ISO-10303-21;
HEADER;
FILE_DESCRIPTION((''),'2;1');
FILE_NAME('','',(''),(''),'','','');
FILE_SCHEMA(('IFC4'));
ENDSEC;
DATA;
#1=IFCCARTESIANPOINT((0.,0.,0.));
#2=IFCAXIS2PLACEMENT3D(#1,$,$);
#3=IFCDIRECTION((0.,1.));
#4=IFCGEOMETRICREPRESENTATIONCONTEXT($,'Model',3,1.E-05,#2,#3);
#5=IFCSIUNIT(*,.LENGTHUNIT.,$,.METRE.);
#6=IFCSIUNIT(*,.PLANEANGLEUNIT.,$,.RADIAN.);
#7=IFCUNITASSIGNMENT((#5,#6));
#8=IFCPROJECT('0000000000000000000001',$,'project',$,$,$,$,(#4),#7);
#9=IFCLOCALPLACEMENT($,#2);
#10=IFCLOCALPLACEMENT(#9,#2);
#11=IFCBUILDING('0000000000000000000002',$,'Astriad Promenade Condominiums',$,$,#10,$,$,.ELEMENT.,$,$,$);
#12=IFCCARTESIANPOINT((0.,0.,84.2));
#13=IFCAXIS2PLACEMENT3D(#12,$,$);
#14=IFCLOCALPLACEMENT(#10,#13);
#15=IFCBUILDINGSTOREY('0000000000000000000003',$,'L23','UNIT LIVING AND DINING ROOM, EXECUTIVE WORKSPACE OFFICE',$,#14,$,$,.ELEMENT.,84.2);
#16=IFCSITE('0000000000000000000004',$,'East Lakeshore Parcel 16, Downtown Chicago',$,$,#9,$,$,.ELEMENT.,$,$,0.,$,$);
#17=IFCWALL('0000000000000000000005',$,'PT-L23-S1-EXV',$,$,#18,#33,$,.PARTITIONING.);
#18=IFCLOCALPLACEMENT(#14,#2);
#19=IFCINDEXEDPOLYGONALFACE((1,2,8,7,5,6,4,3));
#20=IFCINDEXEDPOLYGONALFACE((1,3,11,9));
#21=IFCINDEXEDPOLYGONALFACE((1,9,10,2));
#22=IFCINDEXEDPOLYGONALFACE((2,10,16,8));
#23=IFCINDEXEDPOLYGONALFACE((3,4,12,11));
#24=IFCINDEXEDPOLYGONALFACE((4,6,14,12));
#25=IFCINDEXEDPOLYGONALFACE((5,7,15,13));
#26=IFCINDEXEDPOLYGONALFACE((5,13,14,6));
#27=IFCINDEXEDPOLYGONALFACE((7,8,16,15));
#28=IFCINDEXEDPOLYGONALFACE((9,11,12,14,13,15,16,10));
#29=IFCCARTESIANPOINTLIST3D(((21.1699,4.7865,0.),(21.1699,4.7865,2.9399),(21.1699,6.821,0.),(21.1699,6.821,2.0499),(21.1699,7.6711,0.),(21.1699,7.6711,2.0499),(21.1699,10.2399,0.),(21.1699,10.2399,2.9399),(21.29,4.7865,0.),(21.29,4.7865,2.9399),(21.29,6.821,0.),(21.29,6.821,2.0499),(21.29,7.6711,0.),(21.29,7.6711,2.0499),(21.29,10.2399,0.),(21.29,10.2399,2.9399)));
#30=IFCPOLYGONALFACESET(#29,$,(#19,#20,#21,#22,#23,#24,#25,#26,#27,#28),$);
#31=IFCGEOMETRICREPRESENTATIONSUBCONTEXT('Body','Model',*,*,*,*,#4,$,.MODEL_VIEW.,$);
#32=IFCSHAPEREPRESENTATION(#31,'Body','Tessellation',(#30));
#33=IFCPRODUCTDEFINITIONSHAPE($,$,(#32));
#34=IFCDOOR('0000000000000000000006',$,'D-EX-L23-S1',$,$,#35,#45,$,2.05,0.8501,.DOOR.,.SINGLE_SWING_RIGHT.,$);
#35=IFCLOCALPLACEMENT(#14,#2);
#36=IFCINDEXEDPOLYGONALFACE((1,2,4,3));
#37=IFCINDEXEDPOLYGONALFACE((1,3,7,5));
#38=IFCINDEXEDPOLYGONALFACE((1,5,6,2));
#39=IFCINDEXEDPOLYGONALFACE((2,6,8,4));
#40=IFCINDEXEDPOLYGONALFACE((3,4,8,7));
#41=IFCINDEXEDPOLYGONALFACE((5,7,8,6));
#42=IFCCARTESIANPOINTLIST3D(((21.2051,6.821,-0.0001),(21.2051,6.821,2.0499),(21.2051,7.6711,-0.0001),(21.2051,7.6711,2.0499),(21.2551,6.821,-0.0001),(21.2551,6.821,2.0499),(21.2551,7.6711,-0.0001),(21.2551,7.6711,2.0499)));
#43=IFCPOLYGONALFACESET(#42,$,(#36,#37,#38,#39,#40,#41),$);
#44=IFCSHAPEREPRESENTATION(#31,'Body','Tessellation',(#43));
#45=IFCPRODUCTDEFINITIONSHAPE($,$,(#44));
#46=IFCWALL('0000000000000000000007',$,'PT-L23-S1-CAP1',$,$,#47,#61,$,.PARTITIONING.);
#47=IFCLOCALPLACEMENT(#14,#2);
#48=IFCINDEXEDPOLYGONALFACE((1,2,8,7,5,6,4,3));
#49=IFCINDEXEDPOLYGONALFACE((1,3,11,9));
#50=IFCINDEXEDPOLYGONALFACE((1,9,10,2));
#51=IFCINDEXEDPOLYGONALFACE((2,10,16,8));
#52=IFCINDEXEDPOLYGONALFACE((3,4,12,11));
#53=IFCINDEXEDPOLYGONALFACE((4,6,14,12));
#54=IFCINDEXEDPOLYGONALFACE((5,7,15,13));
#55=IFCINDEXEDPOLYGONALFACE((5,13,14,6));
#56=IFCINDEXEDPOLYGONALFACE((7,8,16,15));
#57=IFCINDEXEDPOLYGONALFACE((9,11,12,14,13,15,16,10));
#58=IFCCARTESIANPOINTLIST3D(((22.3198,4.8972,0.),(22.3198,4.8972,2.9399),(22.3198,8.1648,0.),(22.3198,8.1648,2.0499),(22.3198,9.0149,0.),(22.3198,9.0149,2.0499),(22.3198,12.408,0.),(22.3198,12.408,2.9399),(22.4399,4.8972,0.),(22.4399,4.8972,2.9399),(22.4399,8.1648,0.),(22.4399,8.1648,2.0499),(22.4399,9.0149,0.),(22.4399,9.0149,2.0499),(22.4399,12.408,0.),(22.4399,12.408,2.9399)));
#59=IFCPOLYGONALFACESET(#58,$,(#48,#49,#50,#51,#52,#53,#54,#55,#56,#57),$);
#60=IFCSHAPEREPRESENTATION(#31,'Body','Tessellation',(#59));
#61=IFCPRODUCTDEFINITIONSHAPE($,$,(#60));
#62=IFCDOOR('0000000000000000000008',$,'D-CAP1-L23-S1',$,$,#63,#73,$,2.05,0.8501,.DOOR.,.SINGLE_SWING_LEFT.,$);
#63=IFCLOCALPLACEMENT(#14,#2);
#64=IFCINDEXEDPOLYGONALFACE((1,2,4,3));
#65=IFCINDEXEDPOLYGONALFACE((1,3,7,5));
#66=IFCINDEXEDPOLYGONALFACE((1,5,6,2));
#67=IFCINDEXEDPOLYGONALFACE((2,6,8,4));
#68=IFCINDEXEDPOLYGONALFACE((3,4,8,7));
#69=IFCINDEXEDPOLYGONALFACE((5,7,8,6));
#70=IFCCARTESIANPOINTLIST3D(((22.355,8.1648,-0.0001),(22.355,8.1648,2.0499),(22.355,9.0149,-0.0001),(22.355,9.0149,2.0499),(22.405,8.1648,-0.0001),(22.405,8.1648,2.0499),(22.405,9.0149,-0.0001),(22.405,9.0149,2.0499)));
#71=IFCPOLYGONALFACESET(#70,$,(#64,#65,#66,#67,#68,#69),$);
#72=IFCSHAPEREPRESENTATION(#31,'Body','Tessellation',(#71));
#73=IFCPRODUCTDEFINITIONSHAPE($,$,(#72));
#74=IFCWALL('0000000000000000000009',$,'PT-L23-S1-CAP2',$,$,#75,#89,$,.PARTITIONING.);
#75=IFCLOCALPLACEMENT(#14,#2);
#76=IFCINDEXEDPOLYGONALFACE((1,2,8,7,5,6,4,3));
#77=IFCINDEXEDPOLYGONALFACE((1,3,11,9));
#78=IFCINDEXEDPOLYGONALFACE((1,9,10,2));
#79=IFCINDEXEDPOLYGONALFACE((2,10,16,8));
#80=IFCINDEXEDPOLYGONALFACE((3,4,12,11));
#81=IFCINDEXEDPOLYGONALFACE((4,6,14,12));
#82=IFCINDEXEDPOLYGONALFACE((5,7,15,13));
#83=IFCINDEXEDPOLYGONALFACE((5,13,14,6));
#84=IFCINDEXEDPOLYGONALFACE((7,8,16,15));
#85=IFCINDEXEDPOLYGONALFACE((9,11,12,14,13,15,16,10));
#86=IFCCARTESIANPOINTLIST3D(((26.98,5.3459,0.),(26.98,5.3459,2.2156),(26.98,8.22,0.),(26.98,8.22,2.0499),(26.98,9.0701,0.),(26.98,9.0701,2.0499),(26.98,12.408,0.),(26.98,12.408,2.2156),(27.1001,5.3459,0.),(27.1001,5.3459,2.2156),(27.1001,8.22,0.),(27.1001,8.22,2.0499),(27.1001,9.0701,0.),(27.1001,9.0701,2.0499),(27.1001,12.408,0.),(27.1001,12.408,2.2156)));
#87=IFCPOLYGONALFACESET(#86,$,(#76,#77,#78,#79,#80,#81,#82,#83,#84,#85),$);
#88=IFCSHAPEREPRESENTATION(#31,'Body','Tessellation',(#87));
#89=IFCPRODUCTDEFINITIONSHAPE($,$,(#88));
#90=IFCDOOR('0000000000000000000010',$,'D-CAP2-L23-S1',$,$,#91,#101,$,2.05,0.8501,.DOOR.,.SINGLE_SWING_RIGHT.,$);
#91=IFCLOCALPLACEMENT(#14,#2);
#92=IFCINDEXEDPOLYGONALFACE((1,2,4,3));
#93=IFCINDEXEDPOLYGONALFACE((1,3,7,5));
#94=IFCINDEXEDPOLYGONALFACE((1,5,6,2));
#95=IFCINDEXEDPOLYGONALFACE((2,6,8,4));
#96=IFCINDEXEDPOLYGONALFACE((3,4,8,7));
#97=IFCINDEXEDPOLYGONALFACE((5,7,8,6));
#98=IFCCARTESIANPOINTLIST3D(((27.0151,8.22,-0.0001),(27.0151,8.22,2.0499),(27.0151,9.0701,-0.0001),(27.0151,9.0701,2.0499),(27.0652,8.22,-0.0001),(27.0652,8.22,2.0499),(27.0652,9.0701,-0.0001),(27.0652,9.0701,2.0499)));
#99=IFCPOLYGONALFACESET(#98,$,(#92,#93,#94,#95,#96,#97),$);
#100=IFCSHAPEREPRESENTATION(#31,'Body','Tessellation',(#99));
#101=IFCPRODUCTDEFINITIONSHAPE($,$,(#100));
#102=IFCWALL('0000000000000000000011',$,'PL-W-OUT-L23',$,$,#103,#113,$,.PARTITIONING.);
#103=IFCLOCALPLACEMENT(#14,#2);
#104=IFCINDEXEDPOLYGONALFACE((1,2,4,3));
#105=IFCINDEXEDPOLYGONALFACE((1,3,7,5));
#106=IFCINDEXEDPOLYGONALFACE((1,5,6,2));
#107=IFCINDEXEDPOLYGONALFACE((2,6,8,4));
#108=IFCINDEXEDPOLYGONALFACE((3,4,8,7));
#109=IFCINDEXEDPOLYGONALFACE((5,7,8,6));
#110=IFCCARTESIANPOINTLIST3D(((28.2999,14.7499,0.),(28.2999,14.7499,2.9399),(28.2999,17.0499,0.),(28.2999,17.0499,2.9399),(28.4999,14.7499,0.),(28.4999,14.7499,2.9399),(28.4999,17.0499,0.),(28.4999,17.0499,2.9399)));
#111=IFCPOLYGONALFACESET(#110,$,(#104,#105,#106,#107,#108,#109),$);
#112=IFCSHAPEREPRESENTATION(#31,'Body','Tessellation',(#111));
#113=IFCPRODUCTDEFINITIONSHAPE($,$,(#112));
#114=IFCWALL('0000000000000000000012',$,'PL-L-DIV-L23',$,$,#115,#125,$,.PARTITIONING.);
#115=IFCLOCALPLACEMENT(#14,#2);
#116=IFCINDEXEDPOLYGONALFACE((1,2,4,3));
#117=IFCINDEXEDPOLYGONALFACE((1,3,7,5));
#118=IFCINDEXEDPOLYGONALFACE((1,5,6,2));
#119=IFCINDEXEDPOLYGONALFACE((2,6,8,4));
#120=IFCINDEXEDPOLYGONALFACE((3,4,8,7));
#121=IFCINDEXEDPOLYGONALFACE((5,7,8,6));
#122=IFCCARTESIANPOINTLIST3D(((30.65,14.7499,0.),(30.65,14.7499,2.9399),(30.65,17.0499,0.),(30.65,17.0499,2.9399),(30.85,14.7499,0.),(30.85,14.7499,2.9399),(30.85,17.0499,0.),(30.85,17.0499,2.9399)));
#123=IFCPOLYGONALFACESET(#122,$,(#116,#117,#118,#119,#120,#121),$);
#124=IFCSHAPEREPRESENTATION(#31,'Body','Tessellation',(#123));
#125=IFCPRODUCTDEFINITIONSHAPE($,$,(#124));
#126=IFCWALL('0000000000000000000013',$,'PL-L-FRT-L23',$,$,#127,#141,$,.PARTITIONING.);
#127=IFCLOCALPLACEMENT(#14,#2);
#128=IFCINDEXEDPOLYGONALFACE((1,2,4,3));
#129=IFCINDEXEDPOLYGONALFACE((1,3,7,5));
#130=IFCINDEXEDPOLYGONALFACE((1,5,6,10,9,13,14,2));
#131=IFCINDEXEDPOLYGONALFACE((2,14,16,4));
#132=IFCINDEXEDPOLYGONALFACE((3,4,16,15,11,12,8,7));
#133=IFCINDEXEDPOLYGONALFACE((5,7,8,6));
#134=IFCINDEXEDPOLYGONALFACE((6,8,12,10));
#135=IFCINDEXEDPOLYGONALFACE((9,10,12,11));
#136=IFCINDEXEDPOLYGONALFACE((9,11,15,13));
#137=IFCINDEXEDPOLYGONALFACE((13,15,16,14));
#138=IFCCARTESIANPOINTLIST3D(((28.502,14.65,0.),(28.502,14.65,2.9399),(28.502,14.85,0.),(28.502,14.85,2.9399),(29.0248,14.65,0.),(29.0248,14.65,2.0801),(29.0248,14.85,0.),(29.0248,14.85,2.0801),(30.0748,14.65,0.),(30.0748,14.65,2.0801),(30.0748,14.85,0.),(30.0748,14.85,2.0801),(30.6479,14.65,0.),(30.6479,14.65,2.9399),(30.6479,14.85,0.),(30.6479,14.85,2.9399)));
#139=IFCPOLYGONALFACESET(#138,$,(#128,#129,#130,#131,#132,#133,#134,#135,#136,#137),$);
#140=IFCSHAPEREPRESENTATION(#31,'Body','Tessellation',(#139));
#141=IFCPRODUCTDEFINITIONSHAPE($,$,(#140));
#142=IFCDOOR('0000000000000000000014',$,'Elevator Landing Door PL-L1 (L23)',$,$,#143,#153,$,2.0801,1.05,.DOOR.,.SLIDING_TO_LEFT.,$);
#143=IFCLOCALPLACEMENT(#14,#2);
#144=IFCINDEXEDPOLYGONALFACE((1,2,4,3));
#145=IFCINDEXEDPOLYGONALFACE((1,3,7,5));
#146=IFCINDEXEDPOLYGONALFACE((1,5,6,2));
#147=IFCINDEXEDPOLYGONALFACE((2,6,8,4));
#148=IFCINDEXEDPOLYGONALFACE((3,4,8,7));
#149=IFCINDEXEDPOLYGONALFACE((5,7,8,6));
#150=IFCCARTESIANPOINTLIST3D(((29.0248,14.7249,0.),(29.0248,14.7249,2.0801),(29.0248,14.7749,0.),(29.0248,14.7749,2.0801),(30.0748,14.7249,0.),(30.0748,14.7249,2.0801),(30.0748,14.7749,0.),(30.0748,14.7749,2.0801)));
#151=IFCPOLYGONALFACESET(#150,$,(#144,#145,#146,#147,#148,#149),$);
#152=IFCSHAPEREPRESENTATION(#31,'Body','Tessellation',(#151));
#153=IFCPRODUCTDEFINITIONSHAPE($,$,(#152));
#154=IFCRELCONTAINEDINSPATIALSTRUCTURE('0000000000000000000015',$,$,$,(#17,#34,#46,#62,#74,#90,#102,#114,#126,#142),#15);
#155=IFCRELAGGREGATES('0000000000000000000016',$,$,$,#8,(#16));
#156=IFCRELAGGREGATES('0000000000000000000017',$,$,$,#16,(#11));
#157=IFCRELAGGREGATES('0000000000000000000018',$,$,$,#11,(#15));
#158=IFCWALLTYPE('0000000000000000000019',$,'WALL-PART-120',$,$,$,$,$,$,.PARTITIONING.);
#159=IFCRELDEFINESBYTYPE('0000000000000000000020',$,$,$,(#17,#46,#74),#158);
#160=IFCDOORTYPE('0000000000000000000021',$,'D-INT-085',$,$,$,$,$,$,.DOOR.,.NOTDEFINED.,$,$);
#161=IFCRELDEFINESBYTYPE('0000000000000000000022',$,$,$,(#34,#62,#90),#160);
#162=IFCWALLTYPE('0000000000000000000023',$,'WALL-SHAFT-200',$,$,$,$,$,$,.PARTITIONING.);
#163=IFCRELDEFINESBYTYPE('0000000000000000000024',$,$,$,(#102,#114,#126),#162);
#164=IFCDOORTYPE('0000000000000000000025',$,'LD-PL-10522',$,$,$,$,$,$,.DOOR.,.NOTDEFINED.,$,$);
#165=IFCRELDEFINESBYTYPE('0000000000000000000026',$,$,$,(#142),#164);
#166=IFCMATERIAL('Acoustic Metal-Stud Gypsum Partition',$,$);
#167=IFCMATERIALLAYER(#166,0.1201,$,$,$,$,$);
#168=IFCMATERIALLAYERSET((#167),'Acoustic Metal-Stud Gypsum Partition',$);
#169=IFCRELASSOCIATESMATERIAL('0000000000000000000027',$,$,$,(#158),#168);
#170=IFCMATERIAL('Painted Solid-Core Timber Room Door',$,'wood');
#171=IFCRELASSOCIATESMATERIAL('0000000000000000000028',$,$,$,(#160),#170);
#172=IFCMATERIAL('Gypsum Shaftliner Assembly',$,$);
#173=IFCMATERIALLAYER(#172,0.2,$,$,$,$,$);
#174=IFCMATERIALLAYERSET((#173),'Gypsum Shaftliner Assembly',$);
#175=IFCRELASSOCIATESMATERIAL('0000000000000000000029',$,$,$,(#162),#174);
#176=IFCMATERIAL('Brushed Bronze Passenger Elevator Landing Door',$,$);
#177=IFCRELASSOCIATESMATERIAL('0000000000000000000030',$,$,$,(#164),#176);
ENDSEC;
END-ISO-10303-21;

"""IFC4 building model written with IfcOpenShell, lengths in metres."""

from ifc_helpers import new_model, si_unit, direction, frame, frame_2d, origin, place, context, subcontext, project, spatial, rectangle, extrude, source, transform, mapped, material, layer, layer_set, type_object, type_shapes, element, fill, save


model = new_model("IFC4")

# Units and contexts
model_context = context("Model", 3, precision=1e-05, world=origin(), true_north=direction((0.0, 1.0)))
body_context = subcontext(model_context, "Body", "Model", "MODEL_VIEW")
ifc_project = project(units=[si_unit("LENGTHUNIT", "METRE"), si_unit("PLANEANGLEUNIT", "RADIAN")], contexts=[model_context])

# Site, building, storey
site_placement = place(None, origin())
site = spatial("IfcSite", under=ifc_project, at=site_placement, Name="East Lakeshore Parcel 16, Downtown Chicago", CompositionType="ELEMENT", RefElevation=0.0)
building_placement = place(site_placement, origin())
building = spatial("IfcBuilding", under=site, at=building_placement, Name="Astriad Promenade Condominiums", CompositionType="ELEMENT")
storey_placement = place(building_placement, frame((0.0, 0.0, 84.2)))
storey = spatial("IfcBuildingStorey", under=building, at=storey_placement, Name="L23", Description="UNIT LIVING AND DINING ROOM, EXECUTIVE WORKSPACE OFFICE", CompositionType="ELEMENT", Elevation=84.2)

# Shared definitions
ifc_material_1 = material(Name="Acoustic Metal-Stud Gypsum Partition")
ifc_layer_1 = layer(ifc_material_1, 0.1201)
ifc_layer_set_1 = layer_set([ifc_layer_1], Name="Acoustic Metal-Stud Gypsum Partition")
wall_type_1 = type_object("IfcWallType", Name="WALL-PART-120", PredefinedType="PARTITIONING", material=ifc_layer_set_1)
ifc_material_2 = material(Name="Painted Solid-Core Timber Room Door", Category="wood")
door_type_1 = type_object("IfcDoorType", Name="D-INT-085", OperationType="NOTDEFINED", PredefinedType="DOOR", material=ifc_material_2)
shared_shape_1 = source(origin(), body_context, "Body", "SweptSolid", [
    extrude(rectangle(XDim=0.8501, YDim=2.05, at=frame_2d((0.425, 1.0249))), frame((0.0, 0.0249, 0.0), z_axis=(0.0, -1.0, 0.0), x_axis=(1.0, 0.0, 0.0)), (0.0, 0.0, 1.0), 0.05),
])
type_shapes(door_type_1, [shared_shape_1])

# Walls, openings, doors
wall_1_placement = place(storey_placement, frame((21.23, 4.7866, 0.0), z_axis=(0.0, 0.0, 1.0), x_axis=(0.0, 1.0, 0.0)))
wall_1 = element("IfcWall", 1, at=wall_1_placement, inside=storey, type_object=wall_type_1, Name="PT-L23-S1-EXV", PredefinedType="PARTITIONING", context=body_context, shape_type="SweptSolid", body=[
    extrude(rectangle(XDim=5.4534, YDim=0.1201, at=frame_2d((2.7266, 0.0))), origin(), (0.0, 0.0, 1.0), 2.9399),
])
opening_1_placement = place(wall_1_placement, frame((2.0344, 0.0, 0.0)))
opening_1 = element("IfcOpeningElement", 2, at=opening_1_placement, cuts=wall_1, PredefinedType="OPENING", context=body_context, shape_type="SweptSolid", body=[
    extrude(rectangle(XDim=0.8501, YDim=2.05, at=frame_2d((0.425, 1.0249))), frame((0.0, 0.0701, 0.0), z_axis=(0.0, -1.0, 0.0), x_axis=(1.0, 0.0, 0.0)), (0.0, 0.0, 1.0), 0.1401),
])
door_1_placement = place(opening_1_placement, origin())
door_1 = element("IfcDoor", 3, at=door_1_placement, inside=storey, type_object=door_type_1, Name="D-EX-L23-S1", OperationType="SINGLE_SWING_RIGHT", OverallHeight=2.05, OverallWidth=0.8501, PredefinedType="DOOR", context=body_context, shape_type="MappedRepresentation", body=[
    mapped(shared_shape_1, transform((0.0, 0.0, 0.0), scale=1.0)),
])
fill(opening_1, door_1)
wall_2_placement = place(storey_placement, frame((22.3799, 4.8972, 0.0), z_axis=(0.0, 0.0, 1.0), x_axis=(0.0, 1.0, 0.0)))
wall_2 = element("IfcWall", 4, at=wall_2_placement, inside=storey, type_object=wall_type_1, Name="PT-L23-S1-CAP1", PredefinedType="PARTITIONING", context=body_context, shape_type="SweptSolid", body=[
    extrude(rectangle(XDim=7.5107, YDim=0.1201, at=frame_2d((3.7554, 0.0))), origin(), (0.0, 0.0, 1.0), 2.9399),
])
opening_2_placement = place(wall_2_placement, frame((3.2676, 0.0, 0.0)))
opening_2 = element("IfcOpeningElement", 5, at=opening_2_placement, cuts=wall_2, PredefinedType="OPENING", context=body_context, shape_type="SweptSolid", body=[
    extrude(rectangle(XDim=0.8501, YDim=2.05, at=frame_2d((0.425, 1.0249))), frame((0.0, 0.0701, 0.0), z_axis=(0.0, -1.0, 0.0), x_axis=(1.0, 0.0, 0.0)), (0.0, 0.0, 1.0), 0.1401),
])
door_2_placement = place(opening_2_placement, origin())
door_2 = element("IfcDoor", 6, at=door_2_placement, inside=storey, type_object=door_type_1, Name="D-CAP1-L23-S1", OperationType="SINGLE_SWING_LEFT", OverallHeight=2.05, OverallWidth=0.8501, PredefinedType="DOOR", context=body_context, shape_type="MappedRepresentation", body=[
    mapped(shared_shape_1, transform((0.0, 0.0, 0.0), scale=1.0)),
])
fill(opening_2, door_2)
wall_3_placement = place(storey_placement, frame((27.04, 5.3459, 0.0), z_axis=(0.0, 0.0, 1.0), x_axis=(0.0, 1.0, 0.0)))
wall_3 = element("IfcWall", 7, at=wall_3_placement, inside=storey, type_object=wall_type_1, Name="PT-L23-S1-CAP2", PredefinedType="PARTITIONING", context=body_context, shape_type="SweptSolid", body=[
    extrude(rectangle(XDim=7.062, YDim=0.1201, at=frame_2d((3.531, 0.0))), origin(), (0.0, 0.0, 1.0), 2.2156),
])
opening_3_placement = place(wall_3_placement, frame((2.874, 0.0, 0.0)))
opening_3 = element("IfcOpeningElement", 8, at=opening_3_placement, cuts=wall_3, PredefinedType="OPENING", context=body_context, shape_type="SweptSolid", body=[
    extrude(rectangle(XDim=0.8501, YDim=2.05, at=frame_2d((0.425, 1.0249))), frame((0.0, 0.0701, 0.0), z_axis=(0.0, -1.0, 0.0), x_axis=(1.0, 0.0, 0.0)), (0.0, 0.0, 1.0), 0.1401),
])
door_3_placement = place(opening_3_placement, origin())
door_3 = element("IfcDoor", 9, at=door_3_placement, inside=storey, type_object=door_type_1, Name="D-CAP2-L23-S1", OperationType="SINGLE_SWING_RIGHT", OverallHeight=2.05, OverallWidth=0.8501, PredefinedType="DOOR", context=body_context, shape_type="MappedRepresentation", body=[
    mapped(shared_shape_1, transform((0.0, 0.0, 0.0), scale=1.0)),
])
fill(opening_3, door_3)

# Walls
ifc_material_3 = material(Name="Gypsum Shaftliner Assembly")
ifc_layer_2 = layer(ifc_material_3, 0.2)
ifc_layer_set_2 = layer_set([ifc_layer_2], Name="Gypsum Shaftliner Assembly")
wall_type_2 = type_object("IfcWallType", Name="WALL-SHAFT-200", PredefinedType="PARTITIONING", material=ifc_layer_set_2)
for number, where, z_axis, x_axis, name in (
    (10, (28.3999, 14.75, 0.0), (0.0, 0.0, 1.0), (0.0, 1.0, 0.0), "PL-W-OUT-L23"),
    (11, (30.75, 14.75, 0.0), (0.0, 0.0, 1.0), (0.0, 1.0, 0.0), "PL-L-DIV-L23"),
):
    element("IfcWall", number, at=place(storey_placement, frame(where, z_axis=z_axis, x_axis=x_axis)), inside=storey, type_object=wall_type_2, Name=name, PredefinedType="PARTITIONING", context=body_context, shape_type="SweptSolid", body=[
        extrude(rectangle(XDim=2.3, YDim=0.2, at=frame_2d((1.1499, 0.0))), origin(), (0.0, 0.0, 1.0), 2.9399),
    ])

# Wall, opening, door
wall_4_placement = place(storey_placement, frame((28.502, 14.75, 0.0), z_axis=(0.0, 0.0, 1.0), x_axis=(1.0, 0.0, 0.0)))
wall_4 = element("IfcWall", 12, at=wall_4_placement, inside=storey, type_object=wall_type_2, Name="PL-L-FRT-L23", PredefinedType="PARTITIONING", context=body_context, shape_type="SweptSolid", body=[
    extrude(rectangle(XDim=2.146, YDim=0.2, at=frame_2d((1.073, 0.0))), origin(), (0.0, 0.0, 1.0), 2.9399),
])
opening_4_placement = place(wall_4_placement, frame((0.5229, 0.0, 0.0)))
opening_4 = element("IfcOpeningElement", 13, at=opening_4_placement, cuts=wall_4, PredefinedType="OPENING", context=body_context, shape_type="SweptSolid", body=[
    extrude(rectangle(XDim=1.05, YDim=2.0801, at=frame_2d((0.5249, 1.04))), frame((0.0, 0.1099, 0.0), z_axis=(0.0, -1.0, 0.0), x_axis=(1.0, 0.0, 0.0)), (0.0, 0.0, 1.0), 0.22),
])
ifc_material_4 = material(Name="Brushed Bronze Passenger Elevator Landing Door")
door_type_2 = type_object("IfcDoorType", Name="LD-PL-10522", OperationType="NOTDEFINED", PredefinedType="DOOR", material=ifc_material_4)
shared_shape_2 = source(origin(), body_context, "Body", "SweptSolid", [
    extrude(rectangle(XDim=1.05, YDim=2.0801, at=frame_2d((0.5249, 1.04))), frame((0.0, 0.0249, 0.0), z_axis=(0.0, -1.0, 0.0), x_axis=(1.0, 0.0, 0.0)), (0.0, 0.0, 1.0), 0.05),
])
type_shapes(door_type_2, [shared_shape_2])
door_4_placement = place(opening_4_placement, origin())
door_4 = element("IfcDoor", 14, at=door_4_placement, inside=storey, type_object=door_type_2, Name="Elevator Landing Door PL-L1 (L23)", OperationType="SLIDING_TO_LEFT", OverallHeight=2.0801, OverallWidth=1.05, PredefinedType="DOOR", context=body_context, shape_type="MappedRepresentation", body=[
    mapped(shared_shape_2, transform((0.0, 0.0, 0.0), scale=1.0)),
])
fill(opening_4, door_4)

save(model, "model.ifc")
